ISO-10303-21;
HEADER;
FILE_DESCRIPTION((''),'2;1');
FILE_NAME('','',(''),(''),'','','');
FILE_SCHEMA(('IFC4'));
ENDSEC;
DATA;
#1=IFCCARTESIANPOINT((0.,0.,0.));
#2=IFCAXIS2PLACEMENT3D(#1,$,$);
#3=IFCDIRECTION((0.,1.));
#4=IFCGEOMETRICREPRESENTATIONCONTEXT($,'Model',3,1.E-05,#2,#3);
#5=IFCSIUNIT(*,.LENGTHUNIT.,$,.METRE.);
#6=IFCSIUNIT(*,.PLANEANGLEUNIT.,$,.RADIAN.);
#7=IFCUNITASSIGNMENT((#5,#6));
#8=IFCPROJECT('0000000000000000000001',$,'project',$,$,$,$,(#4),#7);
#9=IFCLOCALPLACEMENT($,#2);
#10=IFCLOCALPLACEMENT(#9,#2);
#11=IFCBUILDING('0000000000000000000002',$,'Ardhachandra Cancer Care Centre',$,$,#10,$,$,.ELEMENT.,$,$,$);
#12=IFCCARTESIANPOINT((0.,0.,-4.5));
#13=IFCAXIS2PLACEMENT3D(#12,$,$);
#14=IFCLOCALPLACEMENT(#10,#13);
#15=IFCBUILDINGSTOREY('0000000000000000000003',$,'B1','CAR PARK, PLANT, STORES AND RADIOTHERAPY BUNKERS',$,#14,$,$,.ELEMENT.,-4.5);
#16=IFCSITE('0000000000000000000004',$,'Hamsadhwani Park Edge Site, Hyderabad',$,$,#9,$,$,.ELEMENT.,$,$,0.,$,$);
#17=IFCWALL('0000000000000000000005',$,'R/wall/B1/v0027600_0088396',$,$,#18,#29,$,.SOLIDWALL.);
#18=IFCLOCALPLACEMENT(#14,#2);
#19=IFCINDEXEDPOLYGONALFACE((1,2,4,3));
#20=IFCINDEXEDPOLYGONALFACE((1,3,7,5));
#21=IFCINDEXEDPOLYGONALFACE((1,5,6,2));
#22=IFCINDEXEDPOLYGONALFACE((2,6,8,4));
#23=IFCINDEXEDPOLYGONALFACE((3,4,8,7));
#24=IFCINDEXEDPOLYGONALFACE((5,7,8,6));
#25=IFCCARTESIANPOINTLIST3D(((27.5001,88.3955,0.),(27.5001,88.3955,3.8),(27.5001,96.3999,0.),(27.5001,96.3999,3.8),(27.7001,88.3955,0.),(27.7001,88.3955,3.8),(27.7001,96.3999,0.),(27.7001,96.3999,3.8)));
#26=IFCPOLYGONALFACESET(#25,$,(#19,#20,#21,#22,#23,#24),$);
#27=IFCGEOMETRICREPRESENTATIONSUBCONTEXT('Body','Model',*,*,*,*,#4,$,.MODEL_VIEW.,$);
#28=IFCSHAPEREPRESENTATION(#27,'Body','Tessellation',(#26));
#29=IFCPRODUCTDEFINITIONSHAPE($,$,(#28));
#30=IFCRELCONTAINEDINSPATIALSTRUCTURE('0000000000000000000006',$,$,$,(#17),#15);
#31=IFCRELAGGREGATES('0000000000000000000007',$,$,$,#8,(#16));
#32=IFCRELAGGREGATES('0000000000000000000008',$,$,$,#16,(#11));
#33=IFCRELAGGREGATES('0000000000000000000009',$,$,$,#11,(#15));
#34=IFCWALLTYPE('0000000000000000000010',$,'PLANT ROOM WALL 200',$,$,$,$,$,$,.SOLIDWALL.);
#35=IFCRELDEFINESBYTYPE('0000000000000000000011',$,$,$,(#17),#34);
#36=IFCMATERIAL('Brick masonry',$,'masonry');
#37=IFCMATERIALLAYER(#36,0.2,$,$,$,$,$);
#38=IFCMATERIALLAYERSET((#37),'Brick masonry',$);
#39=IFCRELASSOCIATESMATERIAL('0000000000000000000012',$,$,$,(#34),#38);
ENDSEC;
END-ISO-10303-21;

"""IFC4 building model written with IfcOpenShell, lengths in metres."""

from ifc_helpers import new_model, si_unit, direction, frame, frame_2d, origin, place, context, subcontext, project, spatial, rectangle, extrude, material, layer, layer_set, type_object, element, save


model = new_model("IFC4")

# Units and contexts
model_context = context("Model", 3, precision=1e-05, world=origin(), true_north=direction((0.0, 1.0)))
body_context = subcontext(model_context, "Body", "Model", "MODEL_VIEW")
ifc_project = project(units=[si_unit("LENGTHUNIT", "METRE"), si_unit("PLANEANGLEUNIT", "RADIAN")], contexts=[model_context])

# Site, building, storey
site_placement = place(None, origin())
site = spatial("IfcSite", under=ifc_project, at=site_placement, Name="Hamsadhwani Park Edge Site, Hyderabad", CompositionType="ELEMENT", RefElevation=0.0)
building_placement = place(site_placement, origin())
building = spatial("IfcBuilding", under=site, at=building_placement, Name="Ardhachandra Cancer Care Centre", CompositionType="ELEMENT")
storey_placement = place(building_placement, frame((0.0, 0.0, -4.5)))
storey = spatial("IfcBuildingStorey", under=building, at=storey_placement, Name="B1", Description="CAR PARK, PLANT, STORES AND RADIOTHERAPY BUNKERS", CompositionType="ELEMENT", Elevation=-4.5)

# Wall
ifc_material_1 = material(Name="Brick masonry", Category="masonry")
ifc_layer_1 = layer(ifc_material_1, 0.2)
ifc_layer_set_1 = layer_set([ifc_layer_1], Name="Brick masonry")
wall_type_1 = type_object("IfcWallType", Name="PLANT ROOM WALL 200", PredefinedType="SOLIDWALL", material=ifc_layer_set_1)
wall_1_placement = place(storey_placement, frame((27.6001, 88.3955, 0.0), z_axis=(0.0, 0.0, 1.0), x_axis=(0.0, 1.0, 0.0)))
element("IfcWall", 1, at=wall_1_placement, inside=storey, type_object=wall_type_1, Name="R/wall/B1/v0027600_0088396", PredefinedType="SOLIDWALL", context=body_context, shape_type="SweptSolid", body=[
    extrude(rectangle(XDim=8.0044, YDim=0.2, at=frame_2d((4.0022, 0.0))), origin(), (0.0, 0.0, 1.0), 3.8),
])

save(model, "model.ifc")
